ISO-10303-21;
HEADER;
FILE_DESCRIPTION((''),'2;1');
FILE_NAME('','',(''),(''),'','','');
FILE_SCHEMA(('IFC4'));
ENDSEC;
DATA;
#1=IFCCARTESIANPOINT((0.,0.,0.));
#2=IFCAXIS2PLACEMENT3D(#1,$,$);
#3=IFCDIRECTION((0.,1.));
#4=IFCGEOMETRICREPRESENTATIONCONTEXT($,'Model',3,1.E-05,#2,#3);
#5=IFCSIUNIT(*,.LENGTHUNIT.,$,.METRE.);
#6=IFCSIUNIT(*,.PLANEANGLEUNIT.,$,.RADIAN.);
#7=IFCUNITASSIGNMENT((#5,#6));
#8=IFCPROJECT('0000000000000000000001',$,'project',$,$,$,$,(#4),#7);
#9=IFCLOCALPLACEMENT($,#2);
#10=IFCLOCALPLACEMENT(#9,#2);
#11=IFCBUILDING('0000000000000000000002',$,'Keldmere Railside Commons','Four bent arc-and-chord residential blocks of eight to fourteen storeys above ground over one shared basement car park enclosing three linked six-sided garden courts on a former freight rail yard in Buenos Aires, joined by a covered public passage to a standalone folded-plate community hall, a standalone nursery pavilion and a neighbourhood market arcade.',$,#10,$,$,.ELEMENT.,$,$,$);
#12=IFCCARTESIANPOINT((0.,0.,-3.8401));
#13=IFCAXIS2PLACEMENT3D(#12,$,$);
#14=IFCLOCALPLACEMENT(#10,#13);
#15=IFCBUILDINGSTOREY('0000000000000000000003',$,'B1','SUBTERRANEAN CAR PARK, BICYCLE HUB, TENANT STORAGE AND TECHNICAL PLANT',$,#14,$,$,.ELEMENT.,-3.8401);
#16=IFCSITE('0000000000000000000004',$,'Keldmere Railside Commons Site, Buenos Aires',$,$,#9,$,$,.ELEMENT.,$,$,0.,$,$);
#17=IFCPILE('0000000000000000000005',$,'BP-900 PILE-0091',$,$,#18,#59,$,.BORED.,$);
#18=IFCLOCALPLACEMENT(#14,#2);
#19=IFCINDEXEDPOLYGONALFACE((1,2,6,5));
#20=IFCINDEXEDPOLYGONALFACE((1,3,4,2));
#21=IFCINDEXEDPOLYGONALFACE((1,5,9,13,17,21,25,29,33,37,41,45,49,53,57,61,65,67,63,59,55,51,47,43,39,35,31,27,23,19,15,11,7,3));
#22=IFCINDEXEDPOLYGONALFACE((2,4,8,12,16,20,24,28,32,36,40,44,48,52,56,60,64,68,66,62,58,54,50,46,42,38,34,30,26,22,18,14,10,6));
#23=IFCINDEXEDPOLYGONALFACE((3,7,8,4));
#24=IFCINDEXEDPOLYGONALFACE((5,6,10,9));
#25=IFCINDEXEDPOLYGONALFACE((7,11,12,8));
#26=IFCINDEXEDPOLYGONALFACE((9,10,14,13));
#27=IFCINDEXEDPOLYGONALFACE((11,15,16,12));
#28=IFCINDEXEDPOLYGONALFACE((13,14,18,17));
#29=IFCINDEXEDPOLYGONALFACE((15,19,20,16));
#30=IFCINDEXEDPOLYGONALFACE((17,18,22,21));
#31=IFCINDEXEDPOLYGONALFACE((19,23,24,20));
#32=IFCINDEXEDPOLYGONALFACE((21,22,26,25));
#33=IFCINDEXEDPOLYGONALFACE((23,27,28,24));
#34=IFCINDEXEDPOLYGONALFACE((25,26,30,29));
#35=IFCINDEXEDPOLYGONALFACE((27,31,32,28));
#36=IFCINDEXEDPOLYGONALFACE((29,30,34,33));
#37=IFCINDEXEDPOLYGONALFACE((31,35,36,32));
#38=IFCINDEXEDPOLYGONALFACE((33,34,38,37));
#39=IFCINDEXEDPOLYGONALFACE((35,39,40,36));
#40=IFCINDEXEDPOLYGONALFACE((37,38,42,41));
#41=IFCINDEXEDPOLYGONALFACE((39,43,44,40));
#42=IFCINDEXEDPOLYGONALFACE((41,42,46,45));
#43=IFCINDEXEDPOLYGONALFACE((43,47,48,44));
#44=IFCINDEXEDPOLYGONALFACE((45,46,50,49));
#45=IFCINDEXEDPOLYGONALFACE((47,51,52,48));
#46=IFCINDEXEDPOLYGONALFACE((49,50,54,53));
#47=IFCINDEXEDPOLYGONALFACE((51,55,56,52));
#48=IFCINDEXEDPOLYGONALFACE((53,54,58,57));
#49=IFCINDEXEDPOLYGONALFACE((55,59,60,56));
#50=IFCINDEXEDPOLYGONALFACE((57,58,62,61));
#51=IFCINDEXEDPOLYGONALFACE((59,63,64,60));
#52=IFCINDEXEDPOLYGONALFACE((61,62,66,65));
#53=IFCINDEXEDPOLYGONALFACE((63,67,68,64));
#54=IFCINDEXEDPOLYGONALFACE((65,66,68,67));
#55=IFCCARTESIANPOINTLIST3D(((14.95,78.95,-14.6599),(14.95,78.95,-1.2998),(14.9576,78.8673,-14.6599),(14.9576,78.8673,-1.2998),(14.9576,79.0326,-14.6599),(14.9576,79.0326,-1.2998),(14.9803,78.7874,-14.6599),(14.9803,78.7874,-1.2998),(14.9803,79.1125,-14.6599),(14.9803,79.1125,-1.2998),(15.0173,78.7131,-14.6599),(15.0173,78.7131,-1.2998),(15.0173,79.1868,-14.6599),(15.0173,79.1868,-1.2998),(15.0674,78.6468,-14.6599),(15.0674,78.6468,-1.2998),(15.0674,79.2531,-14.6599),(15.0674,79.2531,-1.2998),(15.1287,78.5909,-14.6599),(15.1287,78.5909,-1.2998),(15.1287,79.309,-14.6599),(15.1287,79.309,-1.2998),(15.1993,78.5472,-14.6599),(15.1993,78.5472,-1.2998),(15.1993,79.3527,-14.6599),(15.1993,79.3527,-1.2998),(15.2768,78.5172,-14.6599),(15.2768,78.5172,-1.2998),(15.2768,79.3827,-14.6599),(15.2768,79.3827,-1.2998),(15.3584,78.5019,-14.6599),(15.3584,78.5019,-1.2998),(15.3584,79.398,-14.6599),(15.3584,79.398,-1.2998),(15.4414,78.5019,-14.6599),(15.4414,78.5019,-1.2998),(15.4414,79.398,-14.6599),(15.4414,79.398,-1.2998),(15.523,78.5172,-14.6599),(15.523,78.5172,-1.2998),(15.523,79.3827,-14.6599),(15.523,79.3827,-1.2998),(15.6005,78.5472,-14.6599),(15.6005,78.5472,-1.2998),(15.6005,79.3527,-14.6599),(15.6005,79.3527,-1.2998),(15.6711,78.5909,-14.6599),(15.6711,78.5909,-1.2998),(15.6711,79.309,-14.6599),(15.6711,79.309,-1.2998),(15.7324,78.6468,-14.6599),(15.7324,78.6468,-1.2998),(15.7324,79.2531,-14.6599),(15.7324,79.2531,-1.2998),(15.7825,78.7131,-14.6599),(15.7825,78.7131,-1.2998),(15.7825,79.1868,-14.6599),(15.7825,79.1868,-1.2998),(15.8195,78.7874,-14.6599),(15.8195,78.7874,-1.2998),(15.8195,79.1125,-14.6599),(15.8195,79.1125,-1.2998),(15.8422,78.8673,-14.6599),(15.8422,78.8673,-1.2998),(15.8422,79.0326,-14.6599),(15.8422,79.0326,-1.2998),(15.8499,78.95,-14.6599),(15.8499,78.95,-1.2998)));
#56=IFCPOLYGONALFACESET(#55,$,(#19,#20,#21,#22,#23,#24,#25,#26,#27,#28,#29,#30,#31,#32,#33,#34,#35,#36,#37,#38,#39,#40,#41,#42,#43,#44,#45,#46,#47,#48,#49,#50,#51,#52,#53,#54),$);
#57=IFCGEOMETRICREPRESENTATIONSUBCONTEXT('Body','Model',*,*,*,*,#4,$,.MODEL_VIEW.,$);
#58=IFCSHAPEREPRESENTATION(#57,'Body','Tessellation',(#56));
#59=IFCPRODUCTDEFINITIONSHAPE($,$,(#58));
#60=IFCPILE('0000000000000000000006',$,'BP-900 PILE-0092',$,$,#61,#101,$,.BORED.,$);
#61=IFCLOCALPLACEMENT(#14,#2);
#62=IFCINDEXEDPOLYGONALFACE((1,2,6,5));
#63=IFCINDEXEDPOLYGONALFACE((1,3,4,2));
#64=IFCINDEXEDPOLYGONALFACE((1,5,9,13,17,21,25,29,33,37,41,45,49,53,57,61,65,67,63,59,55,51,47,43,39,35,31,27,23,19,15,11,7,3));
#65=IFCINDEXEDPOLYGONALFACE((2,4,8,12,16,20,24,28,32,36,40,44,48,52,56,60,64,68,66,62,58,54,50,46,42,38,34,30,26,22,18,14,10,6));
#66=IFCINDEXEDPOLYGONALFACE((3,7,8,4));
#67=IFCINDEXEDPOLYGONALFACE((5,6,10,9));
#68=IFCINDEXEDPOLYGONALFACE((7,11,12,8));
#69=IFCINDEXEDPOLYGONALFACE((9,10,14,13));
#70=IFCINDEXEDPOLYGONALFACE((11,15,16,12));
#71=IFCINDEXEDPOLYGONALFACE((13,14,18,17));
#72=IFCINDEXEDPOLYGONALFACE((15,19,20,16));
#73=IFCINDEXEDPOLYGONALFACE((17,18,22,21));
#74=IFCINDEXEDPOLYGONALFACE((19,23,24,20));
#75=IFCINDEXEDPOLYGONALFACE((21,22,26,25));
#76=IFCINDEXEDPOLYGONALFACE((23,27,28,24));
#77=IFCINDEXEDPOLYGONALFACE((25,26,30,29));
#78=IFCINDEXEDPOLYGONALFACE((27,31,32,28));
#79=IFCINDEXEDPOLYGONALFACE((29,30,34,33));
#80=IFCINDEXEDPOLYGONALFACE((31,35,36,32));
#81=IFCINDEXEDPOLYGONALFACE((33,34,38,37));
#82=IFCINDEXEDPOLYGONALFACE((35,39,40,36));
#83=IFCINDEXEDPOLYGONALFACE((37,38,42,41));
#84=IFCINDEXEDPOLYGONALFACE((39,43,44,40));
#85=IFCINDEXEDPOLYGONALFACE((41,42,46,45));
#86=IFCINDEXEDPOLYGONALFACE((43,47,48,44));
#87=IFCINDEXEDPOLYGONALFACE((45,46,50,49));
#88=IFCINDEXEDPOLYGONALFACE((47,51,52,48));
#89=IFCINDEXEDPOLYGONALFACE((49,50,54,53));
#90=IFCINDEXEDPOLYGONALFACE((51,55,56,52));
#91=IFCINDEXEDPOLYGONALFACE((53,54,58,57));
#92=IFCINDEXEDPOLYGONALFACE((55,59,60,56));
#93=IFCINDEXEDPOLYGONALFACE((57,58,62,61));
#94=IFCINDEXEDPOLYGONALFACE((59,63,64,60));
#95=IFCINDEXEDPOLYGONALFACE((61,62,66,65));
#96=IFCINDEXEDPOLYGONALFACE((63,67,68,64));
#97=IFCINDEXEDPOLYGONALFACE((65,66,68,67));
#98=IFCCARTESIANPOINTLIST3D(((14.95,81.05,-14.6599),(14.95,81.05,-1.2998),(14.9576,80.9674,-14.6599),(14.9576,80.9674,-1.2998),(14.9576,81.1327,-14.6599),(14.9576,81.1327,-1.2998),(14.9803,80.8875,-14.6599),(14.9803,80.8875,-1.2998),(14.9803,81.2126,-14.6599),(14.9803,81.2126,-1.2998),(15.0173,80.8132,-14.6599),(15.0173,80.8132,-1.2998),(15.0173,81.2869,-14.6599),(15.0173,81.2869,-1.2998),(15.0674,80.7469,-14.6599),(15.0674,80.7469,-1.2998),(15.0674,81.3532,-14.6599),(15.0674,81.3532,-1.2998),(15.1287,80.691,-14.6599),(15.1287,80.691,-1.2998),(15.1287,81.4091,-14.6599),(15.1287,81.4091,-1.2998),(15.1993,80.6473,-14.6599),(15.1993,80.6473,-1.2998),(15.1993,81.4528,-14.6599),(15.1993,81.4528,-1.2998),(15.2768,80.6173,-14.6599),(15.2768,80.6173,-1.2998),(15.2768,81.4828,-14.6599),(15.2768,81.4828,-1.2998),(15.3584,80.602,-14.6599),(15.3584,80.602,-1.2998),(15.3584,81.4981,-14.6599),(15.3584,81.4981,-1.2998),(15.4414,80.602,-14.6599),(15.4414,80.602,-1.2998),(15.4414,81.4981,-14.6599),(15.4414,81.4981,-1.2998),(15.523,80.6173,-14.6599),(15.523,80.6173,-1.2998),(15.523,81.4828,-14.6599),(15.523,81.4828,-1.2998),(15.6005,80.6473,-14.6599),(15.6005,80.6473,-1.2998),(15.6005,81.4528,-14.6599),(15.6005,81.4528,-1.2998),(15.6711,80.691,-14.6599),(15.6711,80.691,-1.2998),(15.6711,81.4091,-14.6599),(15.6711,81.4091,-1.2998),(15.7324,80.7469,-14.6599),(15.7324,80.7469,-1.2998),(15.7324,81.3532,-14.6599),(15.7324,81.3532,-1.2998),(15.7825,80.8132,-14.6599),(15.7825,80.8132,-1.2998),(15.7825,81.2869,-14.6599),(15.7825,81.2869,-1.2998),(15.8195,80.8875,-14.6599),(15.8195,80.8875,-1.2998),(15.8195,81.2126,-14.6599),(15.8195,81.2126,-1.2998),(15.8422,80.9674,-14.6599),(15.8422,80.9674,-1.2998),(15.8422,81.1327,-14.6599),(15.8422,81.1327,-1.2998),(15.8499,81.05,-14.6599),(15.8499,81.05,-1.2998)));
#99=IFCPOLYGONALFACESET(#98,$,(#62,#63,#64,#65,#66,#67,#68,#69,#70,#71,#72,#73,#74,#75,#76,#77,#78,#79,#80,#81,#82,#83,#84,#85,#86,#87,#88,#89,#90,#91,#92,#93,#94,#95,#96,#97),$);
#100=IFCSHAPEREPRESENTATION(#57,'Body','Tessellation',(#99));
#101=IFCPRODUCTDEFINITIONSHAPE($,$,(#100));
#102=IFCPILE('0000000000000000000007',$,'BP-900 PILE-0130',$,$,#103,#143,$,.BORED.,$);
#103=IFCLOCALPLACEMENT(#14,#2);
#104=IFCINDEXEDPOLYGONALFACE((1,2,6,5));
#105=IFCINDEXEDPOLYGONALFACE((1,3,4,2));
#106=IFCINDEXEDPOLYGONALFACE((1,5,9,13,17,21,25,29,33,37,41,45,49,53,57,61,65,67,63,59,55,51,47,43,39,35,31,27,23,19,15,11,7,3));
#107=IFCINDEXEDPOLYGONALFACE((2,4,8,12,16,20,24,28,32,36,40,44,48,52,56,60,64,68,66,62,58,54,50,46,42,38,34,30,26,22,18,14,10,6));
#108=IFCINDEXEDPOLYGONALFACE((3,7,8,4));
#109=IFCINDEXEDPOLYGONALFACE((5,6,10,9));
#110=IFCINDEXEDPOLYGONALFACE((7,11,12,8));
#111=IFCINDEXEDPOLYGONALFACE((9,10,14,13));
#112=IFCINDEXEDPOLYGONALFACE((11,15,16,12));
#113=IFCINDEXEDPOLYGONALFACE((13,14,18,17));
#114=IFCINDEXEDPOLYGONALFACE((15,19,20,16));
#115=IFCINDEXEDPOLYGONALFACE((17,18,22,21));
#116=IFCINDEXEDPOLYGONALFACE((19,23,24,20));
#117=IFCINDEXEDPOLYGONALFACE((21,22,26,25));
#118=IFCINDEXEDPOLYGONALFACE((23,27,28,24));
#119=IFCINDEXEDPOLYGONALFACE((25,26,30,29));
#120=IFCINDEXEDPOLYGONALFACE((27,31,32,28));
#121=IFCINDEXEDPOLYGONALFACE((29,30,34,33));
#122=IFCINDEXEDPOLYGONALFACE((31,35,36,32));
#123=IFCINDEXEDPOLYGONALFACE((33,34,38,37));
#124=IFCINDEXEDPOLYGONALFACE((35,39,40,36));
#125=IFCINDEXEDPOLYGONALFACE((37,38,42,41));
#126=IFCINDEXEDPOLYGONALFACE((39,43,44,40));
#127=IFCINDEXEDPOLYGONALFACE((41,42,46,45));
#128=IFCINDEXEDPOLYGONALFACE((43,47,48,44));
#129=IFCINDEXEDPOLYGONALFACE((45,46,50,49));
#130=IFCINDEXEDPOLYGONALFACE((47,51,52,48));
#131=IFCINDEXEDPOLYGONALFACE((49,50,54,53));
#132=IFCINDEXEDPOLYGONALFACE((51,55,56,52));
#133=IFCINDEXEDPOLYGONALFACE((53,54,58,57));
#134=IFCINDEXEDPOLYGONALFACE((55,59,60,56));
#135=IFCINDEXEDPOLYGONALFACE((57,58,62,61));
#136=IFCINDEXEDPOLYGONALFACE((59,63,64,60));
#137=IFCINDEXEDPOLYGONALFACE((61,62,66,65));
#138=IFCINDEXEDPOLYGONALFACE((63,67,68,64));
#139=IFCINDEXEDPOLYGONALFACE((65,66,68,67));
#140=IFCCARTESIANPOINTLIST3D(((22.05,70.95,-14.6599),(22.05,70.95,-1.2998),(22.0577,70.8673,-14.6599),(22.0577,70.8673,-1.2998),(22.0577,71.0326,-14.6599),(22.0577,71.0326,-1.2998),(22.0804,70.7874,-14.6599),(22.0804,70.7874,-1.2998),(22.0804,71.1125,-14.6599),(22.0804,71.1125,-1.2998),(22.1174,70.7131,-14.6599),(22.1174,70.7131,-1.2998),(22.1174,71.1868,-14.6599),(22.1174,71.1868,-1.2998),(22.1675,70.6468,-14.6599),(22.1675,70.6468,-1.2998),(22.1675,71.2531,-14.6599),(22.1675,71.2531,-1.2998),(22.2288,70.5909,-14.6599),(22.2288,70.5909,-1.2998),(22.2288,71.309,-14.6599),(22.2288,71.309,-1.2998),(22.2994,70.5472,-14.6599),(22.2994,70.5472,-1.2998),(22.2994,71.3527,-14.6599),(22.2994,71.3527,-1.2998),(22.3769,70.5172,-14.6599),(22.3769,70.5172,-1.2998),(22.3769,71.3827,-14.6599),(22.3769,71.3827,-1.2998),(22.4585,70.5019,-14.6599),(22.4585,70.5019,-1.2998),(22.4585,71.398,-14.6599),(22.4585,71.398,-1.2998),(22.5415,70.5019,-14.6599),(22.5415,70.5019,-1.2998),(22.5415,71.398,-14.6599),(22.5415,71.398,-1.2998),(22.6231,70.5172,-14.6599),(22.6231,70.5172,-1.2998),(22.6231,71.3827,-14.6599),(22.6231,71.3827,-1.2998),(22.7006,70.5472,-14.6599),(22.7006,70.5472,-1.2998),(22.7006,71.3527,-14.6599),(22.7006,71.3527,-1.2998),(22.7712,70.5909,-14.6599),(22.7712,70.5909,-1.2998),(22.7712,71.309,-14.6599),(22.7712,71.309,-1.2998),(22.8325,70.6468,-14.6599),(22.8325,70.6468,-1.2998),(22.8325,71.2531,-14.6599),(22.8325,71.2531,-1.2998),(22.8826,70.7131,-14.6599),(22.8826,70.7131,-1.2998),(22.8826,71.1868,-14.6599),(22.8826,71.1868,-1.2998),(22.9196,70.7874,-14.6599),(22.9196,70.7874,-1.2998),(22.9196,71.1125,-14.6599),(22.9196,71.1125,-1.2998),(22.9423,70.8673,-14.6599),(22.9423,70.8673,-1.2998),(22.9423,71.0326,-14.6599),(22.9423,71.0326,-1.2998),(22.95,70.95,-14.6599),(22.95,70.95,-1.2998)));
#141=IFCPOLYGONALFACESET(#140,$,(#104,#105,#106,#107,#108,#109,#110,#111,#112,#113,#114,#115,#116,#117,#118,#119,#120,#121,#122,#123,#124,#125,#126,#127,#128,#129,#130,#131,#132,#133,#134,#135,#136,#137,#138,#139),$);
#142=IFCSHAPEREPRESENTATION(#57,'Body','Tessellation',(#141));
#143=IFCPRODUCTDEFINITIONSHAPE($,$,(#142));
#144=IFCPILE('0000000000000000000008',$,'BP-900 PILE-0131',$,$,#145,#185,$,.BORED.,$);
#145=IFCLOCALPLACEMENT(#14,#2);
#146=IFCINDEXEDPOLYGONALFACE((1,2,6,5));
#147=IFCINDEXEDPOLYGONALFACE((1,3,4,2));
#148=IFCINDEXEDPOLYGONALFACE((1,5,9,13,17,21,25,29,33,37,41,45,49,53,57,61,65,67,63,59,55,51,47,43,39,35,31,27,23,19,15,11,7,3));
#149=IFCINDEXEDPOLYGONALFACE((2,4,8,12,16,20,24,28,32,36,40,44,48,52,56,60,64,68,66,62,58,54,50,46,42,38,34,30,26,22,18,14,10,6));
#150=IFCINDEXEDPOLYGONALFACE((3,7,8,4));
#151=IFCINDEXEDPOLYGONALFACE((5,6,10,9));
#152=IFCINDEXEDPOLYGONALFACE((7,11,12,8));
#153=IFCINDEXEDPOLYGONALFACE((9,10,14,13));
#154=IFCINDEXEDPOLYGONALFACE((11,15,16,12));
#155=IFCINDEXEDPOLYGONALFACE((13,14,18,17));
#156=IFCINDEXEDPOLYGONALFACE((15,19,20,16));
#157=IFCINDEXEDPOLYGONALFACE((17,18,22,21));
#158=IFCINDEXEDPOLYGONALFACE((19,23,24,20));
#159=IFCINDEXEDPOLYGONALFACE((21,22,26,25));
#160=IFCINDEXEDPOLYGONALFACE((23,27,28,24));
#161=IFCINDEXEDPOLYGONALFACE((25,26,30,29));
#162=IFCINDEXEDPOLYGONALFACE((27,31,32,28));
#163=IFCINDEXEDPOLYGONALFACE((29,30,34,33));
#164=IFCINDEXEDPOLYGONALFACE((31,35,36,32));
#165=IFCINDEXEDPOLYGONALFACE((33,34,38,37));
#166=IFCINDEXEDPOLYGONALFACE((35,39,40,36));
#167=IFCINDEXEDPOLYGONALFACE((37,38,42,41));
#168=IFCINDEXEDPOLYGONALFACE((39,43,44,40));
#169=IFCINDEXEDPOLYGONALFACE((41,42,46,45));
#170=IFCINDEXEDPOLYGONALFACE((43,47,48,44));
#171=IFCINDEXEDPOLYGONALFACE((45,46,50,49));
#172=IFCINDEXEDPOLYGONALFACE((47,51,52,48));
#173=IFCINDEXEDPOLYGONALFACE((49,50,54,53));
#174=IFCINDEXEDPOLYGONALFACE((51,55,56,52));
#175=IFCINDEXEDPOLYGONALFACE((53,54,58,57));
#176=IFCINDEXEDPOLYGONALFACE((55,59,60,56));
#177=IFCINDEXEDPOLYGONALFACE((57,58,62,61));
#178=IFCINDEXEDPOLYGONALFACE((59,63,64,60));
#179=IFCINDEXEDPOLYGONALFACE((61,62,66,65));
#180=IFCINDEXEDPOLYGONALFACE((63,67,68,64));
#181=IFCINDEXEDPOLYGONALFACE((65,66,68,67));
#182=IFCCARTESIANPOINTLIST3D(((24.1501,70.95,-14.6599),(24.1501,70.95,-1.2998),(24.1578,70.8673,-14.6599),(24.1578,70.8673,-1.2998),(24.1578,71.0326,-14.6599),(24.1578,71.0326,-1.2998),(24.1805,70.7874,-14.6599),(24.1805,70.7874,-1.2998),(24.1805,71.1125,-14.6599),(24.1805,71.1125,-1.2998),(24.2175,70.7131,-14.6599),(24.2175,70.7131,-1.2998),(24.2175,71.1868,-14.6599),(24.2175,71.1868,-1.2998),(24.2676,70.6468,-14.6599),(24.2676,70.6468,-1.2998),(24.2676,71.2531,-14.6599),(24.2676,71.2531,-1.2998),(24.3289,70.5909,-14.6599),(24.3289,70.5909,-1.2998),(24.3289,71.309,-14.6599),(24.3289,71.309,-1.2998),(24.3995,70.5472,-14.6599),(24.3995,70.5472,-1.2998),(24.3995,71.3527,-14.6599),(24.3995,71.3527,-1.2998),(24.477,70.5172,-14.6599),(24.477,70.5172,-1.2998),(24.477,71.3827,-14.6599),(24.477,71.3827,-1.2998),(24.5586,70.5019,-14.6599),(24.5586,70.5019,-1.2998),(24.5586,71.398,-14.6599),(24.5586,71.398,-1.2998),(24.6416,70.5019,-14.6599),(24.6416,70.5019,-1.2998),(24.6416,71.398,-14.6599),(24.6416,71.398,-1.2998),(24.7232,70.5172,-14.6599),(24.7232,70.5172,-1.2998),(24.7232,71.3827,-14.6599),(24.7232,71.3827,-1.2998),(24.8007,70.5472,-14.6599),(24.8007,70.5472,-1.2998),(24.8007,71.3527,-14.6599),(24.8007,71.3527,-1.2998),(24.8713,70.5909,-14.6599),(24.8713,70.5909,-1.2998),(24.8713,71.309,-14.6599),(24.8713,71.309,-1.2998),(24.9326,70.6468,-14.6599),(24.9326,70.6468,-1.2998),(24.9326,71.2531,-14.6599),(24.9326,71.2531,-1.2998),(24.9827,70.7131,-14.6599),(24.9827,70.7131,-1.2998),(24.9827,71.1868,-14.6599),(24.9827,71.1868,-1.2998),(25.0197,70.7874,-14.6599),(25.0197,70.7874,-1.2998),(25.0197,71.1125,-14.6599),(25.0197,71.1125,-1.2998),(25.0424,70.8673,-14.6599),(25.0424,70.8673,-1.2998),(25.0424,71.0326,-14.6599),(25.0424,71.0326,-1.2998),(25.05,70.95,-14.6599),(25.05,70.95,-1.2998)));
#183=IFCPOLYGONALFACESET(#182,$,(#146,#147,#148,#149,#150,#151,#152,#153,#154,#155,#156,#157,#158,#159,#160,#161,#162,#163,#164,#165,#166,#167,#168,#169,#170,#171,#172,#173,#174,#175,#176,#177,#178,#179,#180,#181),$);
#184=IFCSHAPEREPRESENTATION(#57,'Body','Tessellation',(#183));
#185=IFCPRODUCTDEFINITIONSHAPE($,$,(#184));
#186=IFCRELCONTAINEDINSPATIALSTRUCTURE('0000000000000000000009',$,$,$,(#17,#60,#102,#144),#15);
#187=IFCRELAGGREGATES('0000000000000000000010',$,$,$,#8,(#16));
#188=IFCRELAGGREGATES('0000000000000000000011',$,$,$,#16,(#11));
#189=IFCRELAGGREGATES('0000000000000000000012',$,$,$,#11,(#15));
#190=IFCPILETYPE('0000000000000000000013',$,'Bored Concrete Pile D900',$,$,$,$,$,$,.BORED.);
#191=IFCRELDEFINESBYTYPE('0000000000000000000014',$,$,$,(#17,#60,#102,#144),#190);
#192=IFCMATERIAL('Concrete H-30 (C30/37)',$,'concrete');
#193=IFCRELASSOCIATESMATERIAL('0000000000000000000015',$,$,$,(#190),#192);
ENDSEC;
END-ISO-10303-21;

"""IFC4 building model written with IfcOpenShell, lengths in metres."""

from ifc_helpers import new_model, si_unit, direction, frame, origin, origin_2d, place, context, subcontext, project, spatial, circle, extrude, material, material_profile, profile_set, type_object, element, save


model = new_model("IFC4")

# Units and contexts
model_context = context("Model", 3, precision=1e-05, world=origin(), true_north=direction((0.0, 1.0)))
body_context = subcontext(model_context, "Body", "Model", "MODEL_VIEW")
ifc_project = project(units=[si_unit("LENGTHUNIT", "METRE"), si_unit("PLANEANGLEUNIT", "RADIAN")], contexts=[model_context])

# Site, building, storey
site_placement = place(None, origin())
site = spatial("IfcSite", under=ifc_project, at=site_placement, Name="Keldmere Railside Commons Site, Buenos Aires", CompositionType="ELEMENT", RefElevation=0.0)
building_placement = place(site_placement, origin())
building = spatial("IfcBuilding", under=site, at=building_placement, Name="Keldmere Railside Commons", Description="Four bent arc-and-chord residential blocks of eight to fourteen storeys above ground over one shared basement car park enclosing three linked six-sided garden courts on a former freight rail yard in Buenos Aires, joined by a covered public passage to a standalone folded-plate community hall, a standalone nursery pavilion and a neighbourhood market arcade.", CompositionType="ELEMENT")
storey_placement = place(building_placement, frame((0.0, 0.0, -3.8401)))
storey = spatial("IfcBuildingStorey", under=building, at=storey_placement, Name="B1", Description="SUBTERRANEAN CAR PARK, BICYCLE HUB, TENANT STORAGE AND TECHNICAL PLANT", CompositionType="ELEMENT", Elevation=-3.8401)

# Piles
ifc_material_1 = material(Name="Concrete H-30 (C30/37)", Category="concrete")
ifc_material_profile_1 = material_profile(ifc_material_1, circle(Radius=0.45, at=origin_2d()), Name="PILE-D900")
ifc_profile_set_1 = profile_set([ifc_material_profile_1], Name="Concrete H-30 (C30/37)")
pile_type = type_object("IfcPileType", Name="Bored Concrete Pile D900", PredefinedType="BORED", material=ifc_profile_set_1)
for number, where, z_axis, x_axis, name in (
    (1, (15.3999, 78.95, -1.2998), (0.0, 0.0, -1.0), (1.0, 0.0, 0.0), "BP-900 PILE-0091"),
    (2, (15.3999, 81.05, -1.2998), (0.0, 0.0, -1.0), (1.0, 0.0, 0.0), "BP-900 PILE-0092"),
    (3, (22.5, 70.95, -1.2998), (0.0, 0.0, -1.0), (1.0, 0.0, 0.0), "BP-900 PILE-0130"),
    (4, (24.6001, 70.95, -1.2998), (0.0, 0.0, -1.0), (1.0, 0.0, 0.0), "BP-900 PILE-0131"),
):
    element("IfcPile", number, at=place(storey_placement, frame(where, z_axis=z_axis, x_axis=x_axis)), inside=storey, type_object=pile_type, Name=name, PredefinedType="BORED", context=body_context, shape_type="SweptSolid", body=[
        extrude(circle(Radius=0.45, at=origin_2d()), origin(), (0.0, 0.0, 1.0), 13.3601),
    ])

save(model, "model.ifc")
